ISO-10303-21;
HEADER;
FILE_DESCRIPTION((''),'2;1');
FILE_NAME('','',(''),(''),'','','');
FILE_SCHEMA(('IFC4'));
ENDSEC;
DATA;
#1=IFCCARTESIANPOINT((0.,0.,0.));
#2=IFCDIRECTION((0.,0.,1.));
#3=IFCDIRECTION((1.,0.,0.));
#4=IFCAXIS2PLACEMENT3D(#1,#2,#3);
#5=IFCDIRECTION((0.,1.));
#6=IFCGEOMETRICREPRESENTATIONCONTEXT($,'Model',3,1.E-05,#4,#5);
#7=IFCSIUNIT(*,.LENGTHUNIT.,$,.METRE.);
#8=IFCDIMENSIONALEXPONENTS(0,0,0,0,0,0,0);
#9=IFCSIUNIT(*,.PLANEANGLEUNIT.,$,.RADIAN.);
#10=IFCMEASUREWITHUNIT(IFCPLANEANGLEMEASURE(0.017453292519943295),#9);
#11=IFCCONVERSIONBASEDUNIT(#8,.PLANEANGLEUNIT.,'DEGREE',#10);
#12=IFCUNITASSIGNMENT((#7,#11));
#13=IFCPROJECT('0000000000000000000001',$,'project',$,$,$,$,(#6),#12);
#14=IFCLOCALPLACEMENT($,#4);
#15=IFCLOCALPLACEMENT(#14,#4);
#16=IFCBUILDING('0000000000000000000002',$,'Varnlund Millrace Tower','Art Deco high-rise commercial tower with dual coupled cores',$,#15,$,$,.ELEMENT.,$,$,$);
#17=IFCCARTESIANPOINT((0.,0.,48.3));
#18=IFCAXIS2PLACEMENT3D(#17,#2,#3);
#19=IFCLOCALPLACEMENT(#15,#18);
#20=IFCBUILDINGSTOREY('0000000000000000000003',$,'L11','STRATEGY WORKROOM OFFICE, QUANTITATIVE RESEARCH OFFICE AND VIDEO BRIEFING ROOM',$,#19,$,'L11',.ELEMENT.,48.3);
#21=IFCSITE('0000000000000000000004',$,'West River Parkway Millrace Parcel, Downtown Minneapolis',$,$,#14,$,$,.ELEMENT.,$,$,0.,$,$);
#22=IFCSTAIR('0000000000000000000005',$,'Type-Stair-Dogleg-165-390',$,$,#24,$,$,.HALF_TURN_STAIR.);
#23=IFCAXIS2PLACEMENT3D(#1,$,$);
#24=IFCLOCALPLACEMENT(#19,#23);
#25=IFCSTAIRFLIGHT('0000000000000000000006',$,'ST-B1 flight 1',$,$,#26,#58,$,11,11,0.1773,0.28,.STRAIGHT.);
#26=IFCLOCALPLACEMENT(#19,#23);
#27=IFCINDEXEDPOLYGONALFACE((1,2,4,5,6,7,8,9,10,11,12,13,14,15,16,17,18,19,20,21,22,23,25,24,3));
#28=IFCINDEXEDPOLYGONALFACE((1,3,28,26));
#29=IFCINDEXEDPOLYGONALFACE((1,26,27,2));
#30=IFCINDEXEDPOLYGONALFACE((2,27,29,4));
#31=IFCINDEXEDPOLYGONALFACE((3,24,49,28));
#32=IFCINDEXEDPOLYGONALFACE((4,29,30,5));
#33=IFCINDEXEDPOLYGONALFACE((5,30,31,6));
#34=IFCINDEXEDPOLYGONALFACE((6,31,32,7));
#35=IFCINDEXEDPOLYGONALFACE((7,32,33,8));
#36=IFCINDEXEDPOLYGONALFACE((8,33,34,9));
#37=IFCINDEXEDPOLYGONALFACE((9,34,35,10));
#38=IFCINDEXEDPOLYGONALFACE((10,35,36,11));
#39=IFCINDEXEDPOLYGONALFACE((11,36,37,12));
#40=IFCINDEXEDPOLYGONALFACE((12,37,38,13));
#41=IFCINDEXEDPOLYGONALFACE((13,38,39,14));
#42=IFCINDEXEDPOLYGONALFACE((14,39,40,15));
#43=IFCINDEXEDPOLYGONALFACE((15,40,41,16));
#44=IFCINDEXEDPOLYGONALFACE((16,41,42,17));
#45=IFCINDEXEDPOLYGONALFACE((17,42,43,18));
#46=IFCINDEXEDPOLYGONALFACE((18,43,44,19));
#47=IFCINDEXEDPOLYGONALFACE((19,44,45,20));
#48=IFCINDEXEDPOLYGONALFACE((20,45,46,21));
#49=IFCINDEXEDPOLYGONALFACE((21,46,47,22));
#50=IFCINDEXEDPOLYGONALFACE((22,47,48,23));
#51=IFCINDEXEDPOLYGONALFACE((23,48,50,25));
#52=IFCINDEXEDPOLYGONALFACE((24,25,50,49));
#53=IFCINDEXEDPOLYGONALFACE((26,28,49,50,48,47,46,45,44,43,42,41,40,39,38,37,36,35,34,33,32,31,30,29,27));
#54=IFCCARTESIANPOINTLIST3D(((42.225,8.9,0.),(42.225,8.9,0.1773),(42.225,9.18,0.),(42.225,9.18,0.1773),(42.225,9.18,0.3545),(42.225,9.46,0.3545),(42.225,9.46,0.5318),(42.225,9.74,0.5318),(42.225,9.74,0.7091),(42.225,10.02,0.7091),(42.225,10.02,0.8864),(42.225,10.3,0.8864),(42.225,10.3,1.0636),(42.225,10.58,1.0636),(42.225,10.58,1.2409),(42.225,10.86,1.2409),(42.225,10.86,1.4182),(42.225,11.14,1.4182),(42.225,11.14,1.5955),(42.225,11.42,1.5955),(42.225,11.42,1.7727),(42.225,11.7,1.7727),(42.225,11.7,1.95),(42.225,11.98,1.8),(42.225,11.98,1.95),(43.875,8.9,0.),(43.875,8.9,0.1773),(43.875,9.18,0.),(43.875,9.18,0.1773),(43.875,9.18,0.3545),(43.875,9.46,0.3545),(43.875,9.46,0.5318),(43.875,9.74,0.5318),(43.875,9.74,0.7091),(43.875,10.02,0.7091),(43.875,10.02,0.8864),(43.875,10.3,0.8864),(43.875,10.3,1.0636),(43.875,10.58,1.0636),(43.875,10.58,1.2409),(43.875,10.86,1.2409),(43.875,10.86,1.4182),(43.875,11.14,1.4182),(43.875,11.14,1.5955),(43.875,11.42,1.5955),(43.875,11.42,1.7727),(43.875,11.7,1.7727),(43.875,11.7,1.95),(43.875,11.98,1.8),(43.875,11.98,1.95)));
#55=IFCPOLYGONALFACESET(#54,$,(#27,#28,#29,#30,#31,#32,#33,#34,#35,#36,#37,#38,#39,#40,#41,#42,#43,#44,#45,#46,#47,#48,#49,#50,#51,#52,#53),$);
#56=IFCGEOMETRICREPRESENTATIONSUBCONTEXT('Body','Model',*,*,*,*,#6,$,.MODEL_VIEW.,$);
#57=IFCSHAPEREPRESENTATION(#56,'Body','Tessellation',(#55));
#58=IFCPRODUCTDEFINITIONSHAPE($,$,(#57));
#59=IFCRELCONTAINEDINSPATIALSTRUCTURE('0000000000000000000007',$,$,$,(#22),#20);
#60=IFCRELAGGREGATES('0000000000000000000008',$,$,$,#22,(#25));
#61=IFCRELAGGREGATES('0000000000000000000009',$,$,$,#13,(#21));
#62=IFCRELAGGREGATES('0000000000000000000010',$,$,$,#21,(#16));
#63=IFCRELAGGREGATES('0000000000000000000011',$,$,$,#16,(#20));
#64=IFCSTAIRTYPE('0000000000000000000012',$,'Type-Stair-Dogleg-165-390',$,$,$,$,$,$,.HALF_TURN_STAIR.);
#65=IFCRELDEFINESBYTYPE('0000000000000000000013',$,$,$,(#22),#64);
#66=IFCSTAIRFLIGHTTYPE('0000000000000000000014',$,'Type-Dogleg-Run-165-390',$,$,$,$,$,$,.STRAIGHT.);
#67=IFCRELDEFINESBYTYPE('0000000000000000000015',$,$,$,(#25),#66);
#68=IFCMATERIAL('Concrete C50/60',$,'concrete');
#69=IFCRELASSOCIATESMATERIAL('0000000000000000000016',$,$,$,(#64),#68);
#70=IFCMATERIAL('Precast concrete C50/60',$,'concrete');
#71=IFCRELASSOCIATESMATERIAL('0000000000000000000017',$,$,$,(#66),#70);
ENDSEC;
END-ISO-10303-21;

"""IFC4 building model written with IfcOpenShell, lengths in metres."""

from ifc_helpers import new_model, entity, si_unit, converted_unit, direction, frame, origin_with_axes, place, context, subcontext, project, spatial, polyline, outline, extrude, material, type_object, element, aggregate, save


model = new_model("IFC4")

# Units and contexts
model_context = context("Model", 3, precision=1e-05, world=origin_with_axes(), true_north=direction((0.0, 1.0)))
body_context = subcontext(model_context, "Body", "Model", "MODEL_VIEW")
ifc_project = project(units=[si_unit("LENGTHUNIT", "METRE"), converted_unit("PLANEANGLEUNIT", "DEGREE", entity("IfcPlaneAngleMeasure", 0.017453292519943295), si_unit("PLANEANGLEUNIT", "RADIAN"), dimensions=[0, 0, 0, 0, 0, 0, 0])], contexts=[model_context])

# Site, building, storey
site_placement = place(None, origin_with_axes())
site = spatial("IfcSite", under=ifc_project, at=site_placement, Name="West River Parkway Millrace Parcel, Downtown Minneapolis", CompositionType="ELEMENT", RefElevation=0.0)
building_placement = place(site_placement, origin_with_axes())
building = spatial("IfcBuilding", under=site, at=building_placement, Name="Varnlund Millrace Tower", Description="Art Deco high-rise commercial tower with dual coupled cores", CompositionType="ELEMENT")
storey_placement = place(building_placement, frame((0.0, 0.0, 48.3), z_axis=(0.0, 0.0, 1.0), x_axis=(1.0, 0.0, 0.0)))
storey = spatial("IfcBuildingStorey", under=building, at=storey_placement, Name="L11", Description="STRATEGY WORKROOM OFFICE, QUANTITATIVE RESEARCH OFFICE AND VIDEO BRIEFING ROOM", LongName="L11", CompositionType="ELEMENT", Elevation=48.3)

# Stair, stair flight
ifc_material_1 = material(Name="Concrete C50/60", Category="concrete")
stair_type = type_object("IfcStairType", Name="Type-Stair-Dogleg-165-390", PredefinedType="HALF_TURN_STAIR", material=ifc_material_1)
stair_placement = place(storey_placement, origin_with_axes())
stair = element("IfcStair", 1, at=stair_placement, inside=storey, type_object=stair_type, Name="Type-Stair-Dogleg-165-390", PredefinedType="HALF_TURN_STAIR")
ifc_material_2 = material(Name="Precast concrete C50/60", Category="concrete")
stair_flight_type = type_object("IfcStairFlightType", Name="Type-Dogleg-Run-165-390", PredefinedType="STRAIGHT", material=ifc_material_2)
stair_flight_placement = place(storey_placement, frame((42.225, 8.9, 0.0), z_axis=(1.0, 0.0, 0.0), x_axis=(0.0, 1.0, 0.0)))
stair_flight = element("IfcStairFlight", 2, at=stair_flight_placement, type_object=stair_flight_type, Name="ST-B1 flight 1", NumberOfRisers=11, NumberOfTreads=11, PredefinedType="STRAIGHT", RiserHeight=0.1773, TreadLength=0.28, context=body_context, shape_type="SweptSolid", body=[
    extrude(outline(polyline([(0.0, 0.0), (0.0, 0.1773), (0.28, 0.1773), (0.28, 0.3545), (0.56, 0.3545), (0.56, 0.5318), (0.84, 0.5318), (0.84, 0.7091), (1.12, 0.7091), (1.12, 0.8864), (1.4, 0.8864), (1.4, 1.0636), (1.68, 1.0636), (1.68, 1.2409), (1.96, 1.2409), (1.96, 1.4182), (2.24, 1.4182), (2.24, 1.5955), (2.52, 1.5955), (2.52, 1.7727), (2.8, 1.7727), (2.8, 1.95), (3.08, 1.95), (3.08, 1.8), (0.28, 0.0), (0.0, 0.0)])), origin_with_axes(), (0.0, 0.0, 1.0), 1.65),
])
aggregate(stair, [stair_flight])

save(model, "model.ifc")
